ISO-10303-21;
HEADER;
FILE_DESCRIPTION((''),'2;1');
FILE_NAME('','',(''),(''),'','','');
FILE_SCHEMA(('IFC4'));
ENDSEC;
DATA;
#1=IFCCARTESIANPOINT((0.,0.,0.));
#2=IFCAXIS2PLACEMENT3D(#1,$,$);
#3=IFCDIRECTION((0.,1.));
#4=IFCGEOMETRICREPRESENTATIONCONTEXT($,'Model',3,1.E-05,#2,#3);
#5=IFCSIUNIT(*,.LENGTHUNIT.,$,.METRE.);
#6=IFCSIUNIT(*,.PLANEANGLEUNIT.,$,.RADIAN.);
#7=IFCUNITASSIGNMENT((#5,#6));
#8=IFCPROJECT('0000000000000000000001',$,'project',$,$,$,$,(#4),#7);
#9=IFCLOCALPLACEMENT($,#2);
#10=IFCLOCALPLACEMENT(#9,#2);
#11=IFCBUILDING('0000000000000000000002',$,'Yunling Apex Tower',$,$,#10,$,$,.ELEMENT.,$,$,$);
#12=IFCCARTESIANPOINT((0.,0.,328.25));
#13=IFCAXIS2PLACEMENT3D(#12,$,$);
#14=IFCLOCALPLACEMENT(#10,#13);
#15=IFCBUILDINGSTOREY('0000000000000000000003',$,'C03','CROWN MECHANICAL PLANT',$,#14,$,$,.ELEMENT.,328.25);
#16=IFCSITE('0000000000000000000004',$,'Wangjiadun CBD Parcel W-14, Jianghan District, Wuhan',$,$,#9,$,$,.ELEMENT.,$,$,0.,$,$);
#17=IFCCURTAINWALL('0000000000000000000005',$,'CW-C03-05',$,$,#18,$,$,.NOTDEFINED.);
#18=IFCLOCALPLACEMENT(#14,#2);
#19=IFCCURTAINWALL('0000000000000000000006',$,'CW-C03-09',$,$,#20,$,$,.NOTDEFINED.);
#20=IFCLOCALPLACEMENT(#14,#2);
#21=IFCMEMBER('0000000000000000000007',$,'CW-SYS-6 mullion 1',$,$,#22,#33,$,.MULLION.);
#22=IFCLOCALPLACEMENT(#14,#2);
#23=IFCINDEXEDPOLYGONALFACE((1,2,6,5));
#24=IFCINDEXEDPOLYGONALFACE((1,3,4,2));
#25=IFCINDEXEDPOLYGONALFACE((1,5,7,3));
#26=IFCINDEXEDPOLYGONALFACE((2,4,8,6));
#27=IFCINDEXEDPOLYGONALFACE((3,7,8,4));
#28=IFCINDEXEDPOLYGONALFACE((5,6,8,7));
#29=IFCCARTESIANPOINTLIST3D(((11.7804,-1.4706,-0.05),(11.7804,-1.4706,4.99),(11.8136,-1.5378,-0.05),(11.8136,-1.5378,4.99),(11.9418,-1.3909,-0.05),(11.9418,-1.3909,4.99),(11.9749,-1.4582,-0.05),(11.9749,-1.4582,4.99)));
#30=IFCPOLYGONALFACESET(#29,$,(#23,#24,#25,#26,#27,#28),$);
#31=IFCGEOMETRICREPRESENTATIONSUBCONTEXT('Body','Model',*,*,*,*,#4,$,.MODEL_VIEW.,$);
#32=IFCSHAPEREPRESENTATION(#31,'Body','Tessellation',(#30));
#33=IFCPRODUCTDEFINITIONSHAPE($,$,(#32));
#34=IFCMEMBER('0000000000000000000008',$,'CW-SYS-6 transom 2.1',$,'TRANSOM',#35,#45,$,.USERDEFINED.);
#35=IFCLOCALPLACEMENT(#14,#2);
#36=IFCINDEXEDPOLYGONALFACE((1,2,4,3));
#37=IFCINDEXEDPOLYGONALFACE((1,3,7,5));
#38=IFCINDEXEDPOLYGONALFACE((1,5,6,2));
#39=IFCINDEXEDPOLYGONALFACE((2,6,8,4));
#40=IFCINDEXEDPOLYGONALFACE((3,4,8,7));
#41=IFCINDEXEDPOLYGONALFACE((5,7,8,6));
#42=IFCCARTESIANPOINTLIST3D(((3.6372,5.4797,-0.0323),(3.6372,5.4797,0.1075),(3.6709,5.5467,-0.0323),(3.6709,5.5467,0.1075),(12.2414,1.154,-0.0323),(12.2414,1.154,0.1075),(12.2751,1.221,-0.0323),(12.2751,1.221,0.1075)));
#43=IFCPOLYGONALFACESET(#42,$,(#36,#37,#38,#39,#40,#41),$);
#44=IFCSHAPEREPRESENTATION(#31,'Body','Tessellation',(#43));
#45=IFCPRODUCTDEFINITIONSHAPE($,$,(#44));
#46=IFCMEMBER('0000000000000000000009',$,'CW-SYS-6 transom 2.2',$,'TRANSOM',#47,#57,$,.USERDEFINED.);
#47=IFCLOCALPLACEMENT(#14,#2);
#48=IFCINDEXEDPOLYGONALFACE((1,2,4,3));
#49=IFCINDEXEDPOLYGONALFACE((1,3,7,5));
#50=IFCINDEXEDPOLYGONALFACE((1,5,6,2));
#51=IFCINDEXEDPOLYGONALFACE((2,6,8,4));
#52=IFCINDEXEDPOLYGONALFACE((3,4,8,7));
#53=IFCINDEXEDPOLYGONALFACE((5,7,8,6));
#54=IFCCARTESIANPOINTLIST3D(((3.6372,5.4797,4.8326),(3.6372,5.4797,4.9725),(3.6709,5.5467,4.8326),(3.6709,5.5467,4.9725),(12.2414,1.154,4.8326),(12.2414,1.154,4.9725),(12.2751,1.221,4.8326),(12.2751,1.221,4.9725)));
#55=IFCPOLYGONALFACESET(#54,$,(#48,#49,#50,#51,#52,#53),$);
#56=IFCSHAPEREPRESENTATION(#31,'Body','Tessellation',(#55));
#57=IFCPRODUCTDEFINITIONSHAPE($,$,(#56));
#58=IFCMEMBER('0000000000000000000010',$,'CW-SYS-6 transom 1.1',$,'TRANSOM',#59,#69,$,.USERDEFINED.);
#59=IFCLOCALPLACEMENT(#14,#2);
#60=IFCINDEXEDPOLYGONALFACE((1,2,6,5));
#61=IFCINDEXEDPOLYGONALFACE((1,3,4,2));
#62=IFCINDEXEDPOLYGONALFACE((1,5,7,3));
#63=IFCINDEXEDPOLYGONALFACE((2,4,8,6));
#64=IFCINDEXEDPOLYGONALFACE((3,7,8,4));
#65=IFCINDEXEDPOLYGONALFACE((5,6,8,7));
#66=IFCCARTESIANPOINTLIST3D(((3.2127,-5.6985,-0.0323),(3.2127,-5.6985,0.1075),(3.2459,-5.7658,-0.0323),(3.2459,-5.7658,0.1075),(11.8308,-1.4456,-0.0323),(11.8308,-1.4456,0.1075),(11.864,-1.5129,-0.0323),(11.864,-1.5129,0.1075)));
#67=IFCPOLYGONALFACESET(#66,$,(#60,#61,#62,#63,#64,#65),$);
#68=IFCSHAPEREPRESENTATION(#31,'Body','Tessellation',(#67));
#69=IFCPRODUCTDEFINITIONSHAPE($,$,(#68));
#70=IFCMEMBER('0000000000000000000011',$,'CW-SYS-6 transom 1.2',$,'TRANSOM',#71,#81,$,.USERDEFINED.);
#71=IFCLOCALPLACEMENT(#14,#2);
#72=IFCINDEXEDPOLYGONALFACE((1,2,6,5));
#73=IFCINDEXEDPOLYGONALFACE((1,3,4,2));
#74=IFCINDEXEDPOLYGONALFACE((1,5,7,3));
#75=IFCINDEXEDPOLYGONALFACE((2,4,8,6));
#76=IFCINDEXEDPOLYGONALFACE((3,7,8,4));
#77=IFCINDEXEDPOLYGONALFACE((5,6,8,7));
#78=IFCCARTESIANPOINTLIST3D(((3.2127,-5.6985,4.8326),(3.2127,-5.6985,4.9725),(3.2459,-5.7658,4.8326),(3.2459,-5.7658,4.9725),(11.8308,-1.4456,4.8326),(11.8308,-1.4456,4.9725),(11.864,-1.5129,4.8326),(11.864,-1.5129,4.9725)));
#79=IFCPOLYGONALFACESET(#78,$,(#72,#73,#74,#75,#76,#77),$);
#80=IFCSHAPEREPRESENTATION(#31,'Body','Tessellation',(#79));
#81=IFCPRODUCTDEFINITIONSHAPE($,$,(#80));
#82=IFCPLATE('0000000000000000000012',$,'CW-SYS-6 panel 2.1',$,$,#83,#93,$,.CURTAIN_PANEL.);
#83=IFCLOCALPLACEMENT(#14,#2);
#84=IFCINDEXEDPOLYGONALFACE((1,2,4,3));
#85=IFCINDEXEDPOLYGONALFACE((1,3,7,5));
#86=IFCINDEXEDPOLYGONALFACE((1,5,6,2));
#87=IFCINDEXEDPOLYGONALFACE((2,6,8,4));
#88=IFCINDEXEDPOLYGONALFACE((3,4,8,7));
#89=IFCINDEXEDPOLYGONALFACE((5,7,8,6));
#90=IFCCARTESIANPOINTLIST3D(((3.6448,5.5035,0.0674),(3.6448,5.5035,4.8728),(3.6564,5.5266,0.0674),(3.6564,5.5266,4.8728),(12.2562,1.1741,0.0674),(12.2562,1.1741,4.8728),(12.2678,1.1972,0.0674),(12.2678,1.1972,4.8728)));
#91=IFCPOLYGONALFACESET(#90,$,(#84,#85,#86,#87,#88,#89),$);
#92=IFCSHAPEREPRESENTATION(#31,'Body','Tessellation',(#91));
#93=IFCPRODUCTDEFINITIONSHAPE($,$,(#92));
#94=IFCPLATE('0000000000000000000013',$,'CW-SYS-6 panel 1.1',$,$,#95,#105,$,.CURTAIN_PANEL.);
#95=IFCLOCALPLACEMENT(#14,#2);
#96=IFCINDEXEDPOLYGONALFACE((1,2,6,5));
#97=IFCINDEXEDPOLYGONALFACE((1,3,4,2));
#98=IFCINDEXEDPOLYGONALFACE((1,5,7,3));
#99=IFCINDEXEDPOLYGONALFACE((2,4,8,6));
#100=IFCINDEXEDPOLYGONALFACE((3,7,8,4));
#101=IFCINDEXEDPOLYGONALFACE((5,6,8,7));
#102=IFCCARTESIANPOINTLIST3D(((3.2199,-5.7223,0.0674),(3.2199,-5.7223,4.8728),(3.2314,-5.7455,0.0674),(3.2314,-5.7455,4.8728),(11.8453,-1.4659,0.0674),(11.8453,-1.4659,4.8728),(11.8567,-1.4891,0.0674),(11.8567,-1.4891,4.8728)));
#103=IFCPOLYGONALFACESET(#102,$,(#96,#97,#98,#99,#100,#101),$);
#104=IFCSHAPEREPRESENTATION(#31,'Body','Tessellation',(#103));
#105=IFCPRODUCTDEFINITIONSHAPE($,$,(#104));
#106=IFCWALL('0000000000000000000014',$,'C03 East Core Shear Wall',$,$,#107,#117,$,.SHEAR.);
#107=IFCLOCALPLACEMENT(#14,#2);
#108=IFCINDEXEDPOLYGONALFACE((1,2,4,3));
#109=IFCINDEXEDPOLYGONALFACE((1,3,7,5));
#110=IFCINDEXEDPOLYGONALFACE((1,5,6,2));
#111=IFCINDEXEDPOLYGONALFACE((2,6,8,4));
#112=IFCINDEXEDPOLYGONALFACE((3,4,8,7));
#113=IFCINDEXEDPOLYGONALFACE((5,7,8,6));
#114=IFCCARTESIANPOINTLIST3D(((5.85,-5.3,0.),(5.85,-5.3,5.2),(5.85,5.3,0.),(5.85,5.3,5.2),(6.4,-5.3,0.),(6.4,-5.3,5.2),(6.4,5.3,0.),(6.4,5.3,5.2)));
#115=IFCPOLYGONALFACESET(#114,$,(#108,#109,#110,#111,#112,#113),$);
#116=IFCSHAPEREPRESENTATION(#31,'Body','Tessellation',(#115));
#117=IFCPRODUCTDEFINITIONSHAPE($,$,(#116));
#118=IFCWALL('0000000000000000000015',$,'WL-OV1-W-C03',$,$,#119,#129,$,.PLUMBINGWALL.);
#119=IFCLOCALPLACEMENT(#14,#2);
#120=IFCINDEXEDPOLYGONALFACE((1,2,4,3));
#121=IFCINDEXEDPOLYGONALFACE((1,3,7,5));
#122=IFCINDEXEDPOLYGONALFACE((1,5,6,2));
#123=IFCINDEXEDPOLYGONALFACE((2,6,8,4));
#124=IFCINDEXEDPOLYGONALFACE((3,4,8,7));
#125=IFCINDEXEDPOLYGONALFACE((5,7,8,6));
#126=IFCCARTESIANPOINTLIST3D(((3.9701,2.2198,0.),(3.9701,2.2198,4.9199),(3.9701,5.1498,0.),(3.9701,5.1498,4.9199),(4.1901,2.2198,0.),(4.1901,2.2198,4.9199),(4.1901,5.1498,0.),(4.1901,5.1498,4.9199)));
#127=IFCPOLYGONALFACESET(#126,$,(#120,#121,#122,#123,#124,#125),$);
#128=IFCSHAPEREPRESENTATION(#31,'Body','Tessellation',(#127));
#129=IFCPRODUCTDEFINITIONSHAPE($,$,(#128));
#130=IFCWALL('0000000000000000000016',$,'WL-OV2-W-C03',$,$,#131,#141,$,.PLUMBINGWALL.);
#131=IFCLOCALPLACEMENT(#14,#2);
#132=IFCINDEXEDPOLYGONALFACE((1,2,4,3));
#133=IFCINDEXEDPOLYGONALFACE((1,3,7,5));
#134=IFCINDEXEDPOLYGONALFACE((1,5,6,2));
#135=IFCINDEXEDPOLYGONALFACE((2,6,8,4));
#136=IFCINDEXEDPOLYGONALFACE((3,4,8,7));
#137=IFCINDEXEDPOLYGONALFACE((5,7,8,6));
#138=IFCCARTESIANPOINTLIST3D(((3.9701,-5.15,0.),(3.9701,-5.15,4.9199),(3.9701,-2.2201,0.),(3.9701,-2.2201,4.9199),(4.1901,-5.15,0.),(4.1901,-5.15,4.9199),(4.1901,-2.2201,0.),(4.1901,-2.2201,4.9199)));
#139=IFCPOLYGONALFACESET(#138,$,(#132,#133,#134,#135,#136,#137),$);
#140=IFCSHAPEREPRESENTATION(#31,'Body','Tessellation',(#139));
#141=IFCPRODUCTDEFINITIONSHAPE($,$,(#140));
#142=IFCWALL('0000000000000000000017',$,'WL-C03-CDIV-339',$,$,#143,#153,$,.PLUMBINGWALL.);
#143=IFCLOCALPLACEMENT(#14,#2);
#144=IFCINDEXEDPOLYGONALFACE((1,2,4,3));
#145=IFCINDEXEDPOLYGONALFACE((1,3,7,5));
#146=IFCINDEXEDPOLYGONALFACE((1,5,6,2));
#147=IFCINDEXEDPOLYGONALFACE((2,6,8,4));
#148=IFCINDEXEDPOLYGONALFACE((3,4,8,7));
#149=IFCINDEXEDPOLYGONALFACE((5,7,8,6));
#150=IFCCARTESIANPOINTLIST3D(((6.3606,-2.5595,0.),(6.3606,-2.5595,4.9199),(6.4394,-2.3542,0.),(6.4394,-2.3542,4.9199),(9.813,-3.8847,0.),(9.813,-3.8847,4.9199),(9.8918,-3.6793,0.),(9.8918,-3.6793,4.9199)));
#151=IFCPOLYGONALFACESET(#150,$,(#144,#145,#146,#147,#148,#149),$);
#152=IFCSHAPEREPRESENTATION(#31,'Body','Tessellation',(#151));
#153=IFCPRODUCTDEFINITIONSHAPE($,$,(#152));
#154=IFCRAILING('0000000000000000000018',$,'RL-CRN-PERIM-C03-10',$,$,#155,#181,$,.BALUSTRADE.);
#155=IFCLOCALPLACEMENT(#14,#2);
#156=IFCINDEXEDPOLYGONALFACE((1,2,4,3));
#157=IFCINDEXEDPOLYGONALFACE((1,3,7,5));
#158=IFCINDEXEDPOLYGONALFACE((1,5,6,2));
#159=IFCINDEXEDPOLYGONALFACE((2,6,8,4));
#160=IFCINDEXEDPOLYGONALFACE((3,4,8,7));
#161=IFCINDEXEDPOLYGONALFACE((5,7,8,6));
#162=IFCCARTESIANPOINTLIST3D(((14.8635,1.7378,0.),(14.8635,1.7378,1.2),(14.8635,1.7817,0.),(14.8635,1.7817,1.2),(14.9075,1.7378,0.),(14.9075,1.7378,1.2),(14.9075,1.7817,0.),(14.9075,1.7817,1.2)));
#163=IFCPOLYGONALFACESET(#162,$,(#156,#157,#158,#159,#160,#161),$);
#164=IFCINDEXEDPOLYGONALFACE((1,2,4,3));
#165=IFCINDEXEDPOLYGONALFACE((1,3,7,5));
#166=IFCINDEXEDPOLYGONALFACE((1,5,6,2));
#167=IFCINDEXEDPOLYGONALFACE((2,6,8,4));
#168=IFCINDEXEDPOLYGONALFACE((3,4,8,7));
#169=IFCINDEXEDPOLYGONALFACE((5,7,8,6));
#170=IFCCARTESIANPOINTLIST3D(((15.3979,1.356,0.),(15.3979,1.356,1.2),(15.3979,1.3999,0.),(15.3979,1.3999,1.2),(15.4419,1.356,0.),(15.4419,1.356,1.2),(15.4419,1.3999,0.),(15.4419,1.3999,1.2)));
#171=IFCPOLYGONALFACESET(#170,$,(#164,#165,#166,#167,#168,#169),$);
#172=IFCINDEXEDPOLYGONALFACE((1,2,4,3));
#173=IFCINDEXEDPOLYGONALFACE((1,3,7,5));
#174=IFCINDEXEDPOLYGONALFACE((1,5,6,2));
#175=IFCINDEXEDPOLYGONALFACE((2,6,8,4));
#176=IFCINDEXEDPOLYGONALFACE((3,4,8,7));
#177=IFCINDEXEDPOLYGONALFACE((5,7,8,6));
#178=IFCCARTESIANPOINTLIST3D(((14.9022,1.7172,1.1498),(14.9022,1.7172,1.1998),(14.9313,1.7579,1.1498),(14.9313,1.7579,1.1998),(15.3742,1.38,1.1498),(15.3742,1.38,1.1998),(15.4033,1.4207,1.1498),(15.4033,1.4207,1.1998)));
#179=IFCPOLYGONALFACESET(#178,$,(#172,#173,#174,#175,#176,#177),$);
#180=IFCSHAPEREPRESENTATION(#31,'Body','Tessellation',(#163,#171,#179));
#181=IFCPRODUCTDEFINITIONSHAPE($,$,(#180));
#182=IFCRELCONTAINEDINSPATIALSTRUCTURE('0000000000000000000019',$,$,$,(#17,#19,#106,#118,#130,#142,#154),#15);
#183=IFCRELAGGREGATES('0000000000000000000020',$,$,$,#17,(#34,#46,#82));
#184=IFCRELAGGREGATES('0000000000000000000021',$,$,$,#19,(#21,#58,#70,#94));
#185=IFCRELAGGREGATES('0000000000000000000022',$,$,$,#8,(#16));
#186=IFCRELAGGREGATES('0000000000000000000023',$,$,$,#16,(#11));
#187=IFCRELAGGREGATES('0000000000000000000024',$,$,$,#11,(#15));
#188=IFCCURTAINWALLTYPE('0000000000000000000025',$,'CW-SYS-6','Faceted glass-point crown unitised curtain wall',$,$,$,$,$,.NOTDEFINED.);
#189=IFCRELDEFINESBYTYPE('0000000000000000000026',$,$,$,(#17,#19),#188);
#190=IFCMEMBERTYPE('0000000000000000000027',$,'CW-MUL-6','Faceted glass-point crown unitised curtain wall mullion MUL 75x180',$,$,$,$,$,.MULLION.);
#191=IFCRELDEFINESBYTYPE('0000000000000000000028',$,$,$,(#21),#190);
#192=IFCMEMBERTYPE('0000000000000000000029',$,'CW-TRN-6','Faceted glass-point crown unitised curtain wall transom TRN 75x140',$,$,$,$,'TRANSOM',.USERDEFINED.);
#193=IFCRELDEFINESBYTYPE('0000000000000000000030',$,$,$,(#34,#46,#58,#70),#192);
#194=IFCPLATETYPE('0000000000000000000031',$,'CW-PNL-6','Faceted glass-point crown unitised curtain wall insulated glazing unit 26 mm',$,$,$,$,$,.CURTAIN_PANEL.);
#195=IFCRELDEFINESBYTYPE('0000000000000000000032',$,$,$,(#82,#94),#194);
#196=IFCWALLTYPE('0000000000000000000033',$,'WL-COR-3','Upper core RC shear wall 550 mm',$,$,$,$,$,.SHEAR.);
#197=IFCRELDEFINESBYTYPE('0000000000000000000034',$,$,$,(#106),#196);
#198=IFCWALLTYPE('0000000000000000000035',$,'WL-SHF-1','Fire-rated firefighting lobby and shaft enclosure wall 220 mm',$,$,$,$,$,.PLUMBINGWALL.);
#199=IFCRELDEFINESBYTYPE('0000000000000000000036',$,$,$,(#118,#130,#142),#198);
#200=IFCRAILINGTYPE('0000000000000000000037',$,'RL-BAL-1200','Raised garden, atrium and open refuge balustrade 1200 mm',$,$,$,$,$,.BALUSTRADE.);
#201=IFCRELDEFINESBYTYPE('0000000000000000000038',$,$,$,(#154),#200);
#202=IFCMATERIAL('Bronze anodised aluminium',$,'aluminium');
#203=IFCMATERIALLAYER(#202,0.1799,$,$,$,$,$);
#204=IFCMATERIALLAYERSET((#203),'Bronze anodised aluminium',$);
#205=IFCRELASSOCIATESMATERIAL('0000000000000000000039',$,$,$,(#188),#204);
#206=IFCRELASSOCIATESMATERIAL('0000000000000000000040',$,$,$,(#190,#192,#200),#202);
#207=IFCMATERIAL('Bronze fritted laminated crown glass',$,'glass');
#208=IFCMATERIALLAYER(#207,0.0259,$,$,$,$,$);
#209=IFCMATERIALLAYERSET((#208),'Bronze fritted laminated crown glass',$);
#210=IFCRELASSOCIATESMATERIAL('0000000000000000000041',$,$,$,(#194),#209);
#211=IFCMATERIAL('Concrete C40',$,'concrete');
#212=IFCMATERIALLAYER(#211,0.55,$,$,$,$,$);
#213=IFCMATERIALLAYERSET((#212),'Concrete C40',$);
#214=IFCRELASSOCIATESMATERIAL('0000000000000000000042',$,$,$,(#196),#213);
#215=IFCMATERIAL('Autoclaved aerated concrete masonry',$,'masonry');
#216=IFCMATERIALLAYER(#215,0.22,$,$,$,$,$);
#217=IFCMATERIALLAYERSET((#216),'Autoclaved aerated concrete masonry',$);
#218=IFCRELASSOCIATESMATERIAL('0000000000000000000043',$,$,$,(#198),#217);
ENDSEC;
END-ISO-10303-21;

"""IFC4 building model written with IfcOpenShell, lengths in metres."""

from ifc_helpers import new_model, si_unit, direction, frame, frame_2d, origin, origin_2d, place, context, subcontext, project, spatial, rectangle, extrude, source, transform, mapped, material, layer, layer_set, material_profile, profile_set, type_object, element, aggregate, save


model = new_model("IFC4")

# Units and contexts
model_context = context("Model", 3, precision=1e-05, world=origin(), true_north=direction((0.0, 1.0)))
body_context = subcontext(model_context, "Body", "Model", "MODEL_VIEW")
ifc_project = project(units=[si_unit("LENGTHUNIT", "METRE"), si_unit("PLANEANGLEUNIT", "RADIAN")], contexts=[model_context])

# Site, building, storey
site_placement = place(None, origin())
site = spatial("IfcSite", under=ifc_project, at=site_placement, Name="Wangjiadun CBD Parcel W-14, Jianghan District, Wuhan", CompositionType="ELEMENT", RefElevation=0.0)
building_placement = place(site_placement, origin())
building = spatial("IfcBuilding", under=site, at=building_placement, Name="Yunling Apex Tower", CompositionType="ELEMENT")
storey_placement = place(building_placement, frame((0.0, 0.0, 328.25)))
storey = spatial("IfcBuildingStorey", under=building, at=storey_placement, Name="C03", Description="CROWN MECHANICAL PLANT", CompositionType="ELEMENT", Elevation=328.25)

# Curtain walls, member
ifc_material_1 = material(Name="Bronze anodised aluminium", Category="aluminium")
ifc_layer_1 = layer(ifc_material_1, 0.1799)
ifc_layer_set_1 = layer_set([ifc_layer_1], Name="Bronze anodised aluminium")
curtain_wall_type = type_object("IfcCurtainWallType", Name="CW-SYS-6", Description="Faceted glass-point crown unitised curtain wall", PredefinedType="NOTDEFINED", material=ifc_layer_set_1)
curtain_wall_1_placement = place(storey_placement, origin())
curtain_wall_1 = element("IfcCurtainWall", 1, at=curtain_wall_1_placement, inside=storey, type_object=curtain_wall_type, Name="CW-C03-05", PredefinedType="NOTDEFINED")
ifc_material_profile_1 = material_profile(ifc_material_1, rectangle(XDim=0.075, YDim=0.1799, at=origin_2d()))
ifc_profile_set_1 = profile_set([ifc_material_profile_1], Name="Bronze anodised aluminium")
member_type_1 = type_object("IfcMemberType", Name="CW-MUL-6", Description="Faceted glass-point crown unitised curtain wall mullion MUL 75x180", PredefinedType="MULLION", material=ifc_profile_set_1)
shared_shape_1 = source(origin(), body_context, "Body", "SweptSolid", [
    extrude(rectangle(XDim=0.075, YDim=0.1799, at=origin_2d()), origin(), (0.0, 0.0, 1.0), 5.04),
])
curtain_wall_2_placement = place(storey_placement, origin())
curtain_wall_2 = element("IfcCurtainWall", 2, at=curtain_wall_2_placement, inside=storey, type_object=curtain_wall_type, Name="CW-C03-09", PredefinedType="NOTDEFINED")
member_1_placement = place(storey_placement, frame((11.8777, -1.4644, -0.05), z_axis=(0.0, 0.0, 1.0), x_axis=(0.442522, -0.896758, 0.0)))
member_1 = element("IfcMember", 3, at=member_1_placement, type_object=member_type_1, Name="CW-SYS-6 mullion 1", PredefinedType="MULLION", context=body_context, shape_type="MappedRepresentation", body=[
    mapped(shared_shape_1, transform((0.0, 0.0, 0.0), scale=1.0)),
])

# Members
ifc_material_profile_2 = material_profile(ifc_material_1, rectangle(XDim=0.075, YDim=0.1399, at=origin_2d()))
ifc_profile_set_2 = profile_set([ifc_material_profile_2], Name="Bronze anodised aluminium")
member_type_2 = type_object("IfcMemberType", Name="CW-TRN-6", Description="Faceted glass-point crown unitised curtain wall transom TRN 75x140", ElementType="TRANSOM", PredefinedType="USERDEFINED", material=ifc_profile_set_2)
shared_shape_2 = source(origin(), body_context, "Body", "SweptSolid", [
    extrude(rectangle(XDim=0.075, YDim=0.1399, at=origin_2d()), origin(), (0.0, 0.0, 1.0), 9.6304),
])
member_2_placement = place(storey_placement, frame((3.6541, 5.5132, 0.0376), z_axis=(0.893446, -0.44917, 0.0), x_axis=(0.44917, 0.893446, 0.0)))
member_2 = element("IfcMember", 4, at=member_2_placement, type_object=member_type_2, Name="CW-SYS-6 transom 2.1", ObjectType="TRANSOM", PredefinedType="USERDEFINED", context=body_context, shape_type="MappedRepresentation", body=[
    mapped(shared_shape_2, transform((0.0, 0.0, 0.0), scale=1.0)),
])
member_3_placement = place(storey_placement, frame((3.6541, 5.5132, 4.9026), z_axis=(0.893446, -0.44917, 0.0), x_axis=(0.44917, 0.893446, 0.0)))
member_3 = element("IfcMember", 5, at=member_3_placement, type_object=member_type_2, Name="CW-SYS-6 transom 2.2", ObjectType="TRANSOM", PredefinedType="USERDEFINED", context=body_context, shape_type="MappedRepresentation", body=[
    mapped(shared_shape_2, transform((0.0, 0.0, 0.0), scale=1.0)),
])
shared_shape_3 = source(origin(), body_context, "Body", "SweptSolid", [
    extrude(rectangle(XDim=0.075, YDim=0.1399, at=origin_2d()), origin(), (0.0, 0.0, 1.0), 9.6104),
])
member_4_placement = place(storey_placement, frame((11.8474, -1.4792, 0.0376), z_axis=(-0.896752, -0.442533, 0.0), x_axis=(0.442533, -0.896752, 0.0)))
member_4 = element("IfcMember", 6, at=member_4_placement, type_object=member_type_2, Name="CW-SYS-6 transom 1.1", ObjectType="TRANSOM", PredefinedType="USERDEFINED", context=body_context, shape_type="MappedRepresentation", body=[
    mapped(shared_shape_3, transform((0.0, 0.0, 0.0), scale=1.0)),
])
member_5_placement = place(storey_placement, frame((11.8474, -1.4792, 4.9026), z_axis=(-0.896752, -0.442533, 0.0), x_axis=(0.442533, -0.896752, 0.0)))
member_5 = element("IfcMember", 7, at=member_5_placement, type_object=member_type_2, Name="CW-SYS-6 transom 1.2", ObjectType="TRANSOM", PredefinedType="USERDEFINED", context=body_context, shape_type="MappedRepresentation", body=[
    mapped(shared_shape_3, transform((0.0, 0.0, 0.0), scale=1.0)),
])

# Plates
ifc_material_2 = material(Name="Bronze fritted laminated crown glass", Category="glass")
ifc_layer_2 = layer(ifc_material_2, 0.0259)
ifc_layer_set_2 = layer_set([ifc_layer_2], Name="Bronze fritted laminated crown glass")
plate_type = type_object("IfcPlateType", Name="CW-PNL-6", Description="Faceted glass-point crown unitised curtain wall insulated glazing unit 26 mm", PredefinedType="CURTAIN_PANEL", material=ifc_layer_set_2)
shared_shape_4 = source(origin(), body_context, "Body", "SweptSolid", [
    extrude(rectangle(XDim=9.6384, YDim=0.0259, at=origin_2d()), origin(), (0.0, 0.0, 1.0), 4.8054),
])
plate_1_placement = place(storey_placement, frame((7.9563, 3.3503, 0.0674), z_axis=(0.0, 0.0, 1.0), x_axis=(0.893439, -0.449185, 0.0)))
plate_1 = element("IfcPlate", 8, at=plate_1_placement, type_object=plate_type, Name="CW-SYS-6 panel 2.1", PredefinedType="CURTAIN_PANEL", context=body_context, shape_type="MappedRepresentation", body=[
    mapped(shared_shape_4, transform((0.0, 0.0, 0.0), scale=1.0)),
])
aggregate(curtain_wall_1, [member_2, member_3, plate_1])
shared_shape_5 = source(origin(), body_context, "Body", "SweptSolid", [
    extrude(rectangle(XDim=9.6184, YDim=0.0259, at=origin_2d()), origin(), (0.0, 0.0, 1.0), 4.8054),
])
plate_2_placement = place(storey_placement, frame((7.5383, -3.6057, 0.0674), z_axis=(0.0, 0.0, 1.0), x_axis=(-0.896758, -0.442522, 0.0)))
plate_2 = element("IfcPlate", 9, at=plate_2_placement, type_object=plate_type, Name="CW-SYS-6 panel 1.1", PredefinedType="CURTAIN_PANEL", context=body_context, shape_type="MappedRepresentation", body=[
    mapped(shared_shape_5, transform((0.0, 0.0, 0.0), scale=1.0)),
])
aggregate(curtain_wall_2, [member_1, member_4, member_5, plate_2])

# Walls
ifc_material_3 = material(Name="Concrete C40", Category="concrete")
ifc_layer_3 = layer(ifc_material_3, 0.55)
ifc_layer_set_3 = layer_set([ifc_layer_3], Name="Concrete C40")
wall_type_1 = type_object("IfcWallType", Name="WL-COR-3", Description="Upper core RC shear wall 550 mm", PredefinedType="SHEAR", material=ifc_layer_set_3)
wall_1_placement = place(storey_placement, frame((6.125, -5.3, 0.0), z_axis=(0.0, 0.0, 1.0), x_axis=(0.0, 1.0, 0.0)))
element("IfcWall", 10, at=wall_1_placement, inside=storey, type_object=wall_type_1, Name="C03 East Core Shear Wall", PredefinedType="SHEAR", context=body_context, shape_type="SweptSolid", body=[
    extrude(rectangle(XDim=10.6001, YDim=0.55, at=frame_2d((5.3, 0.0))), origin(), (0.0, 0.0, 1.0), 5.2),
])
ifc_material_4 = material(Name="Autoclaved aerated concrete masonry", Category="masonry")
ifc_layer_4 = layer(ifc_material_4, 0.22)
ifc_layer_set_4 = layer_set([ifc_layer_4], Name="Autoclaved aerated concrete masonry")
wall_type_2 = type_object("IfcWallType", Name="WL-SHF-1", Description="Fire-rated firefighting lobby and shaft enclosure wall 220 mm", PredefinedType="PLUMBINGWALL", material=ifc_layer_set_4)
for number, where, z_axis, x_axis, name in (
    (11, (4.0801, 2.22, 0.0), (0.0, 0.0, 1.0), (0.0, 1.0, 0.0), "WL-OV1-W-C03"),
    (12, (4.0801, -5.1499, 0.0), (0.0, 0.0, 1.0), (0.0, 1.0, 0.0), "WL-OV2-W-C03"),
):
    element("IfcWall", number, at=place(storey_placement, frame(where, z_axis=z_axis, x_axis=x_axis)), inside=storey, type_object=wall_type_2, Name=name, PredefinedType="PLUMBINGWALL", context=body_context, shape_type="SweptSolid", body=[
        extrude(rectangle(XDim=2.9299, YDim=0.22, at=frame_2d((1.4648, 0.0))), origin(), (0.0, 0.0, 1.0), 4.9199),
    ])
wall_2_placement = place(storey_placement, frame((6.3999, -2.4568, 0.0), z_axis=(0.0, 0.0, 1.0), x_axis=(0.933585, -0.358355, 0.0)))
element("IfcWall", 13, at=wall_2_placement, inside=storey, type_object=wall_type_2, Name="WL-C03-CDIV-339", PredefinedType="PLUMBINGWALL", context=body_context, shape_type="SweptSolid", body=[
    extrude(rectangle(XDim=3.698, YDim=0.22, at=frame_2d((1.8491, 0.0))), origin(), (0.0, 0.0, 1.0), 4.9199),
])

# Railing
railing_type_1 = type_object("IfcRailingType", Name="RL-BAL-1200", Description="Raised garden, atrium and open refuge balustrade 1200 mm", PredefinedType="BALUSTRADE", material=ifc_material_1)
railing_1_placement = place(storey_placement, frame((14.8855, 1.7598, 0.0)))
element("IfcRailing", 14, at=railing_1_placement, inside=storey, type_object=railing_type_1, Name="RL-CRN-PERIM-C03-10", PredefinedType="BALUSTRADE", context=body_context, shape_type="SweptSolid", body=[
    extrude(rectangle(XDim=0.0439, YDim=0.0439, at=origin_2d()), origin(), (0.0, 0.0, 1.0), 1.2),
    extrude(rectangle(XDim=0.0439, YDim=0.0439, at=origin_2d()), frame((0.5344, -0.3818, 0.0)), (0.0, 0.0, 1.0), 1.2),
    extrude(rectangle(XDim=0.05, YDim=0.05, at=origin_2d()), frame((0.0312, -0.0222, 1.1748), z_axis=(0.813658, -0.581344, 0.0), x_axis=(0.581344, 0.813658, 0.0)), (0.0, 0.0, 1.0), 0.5801),
])

save(model, "model.ifc")
